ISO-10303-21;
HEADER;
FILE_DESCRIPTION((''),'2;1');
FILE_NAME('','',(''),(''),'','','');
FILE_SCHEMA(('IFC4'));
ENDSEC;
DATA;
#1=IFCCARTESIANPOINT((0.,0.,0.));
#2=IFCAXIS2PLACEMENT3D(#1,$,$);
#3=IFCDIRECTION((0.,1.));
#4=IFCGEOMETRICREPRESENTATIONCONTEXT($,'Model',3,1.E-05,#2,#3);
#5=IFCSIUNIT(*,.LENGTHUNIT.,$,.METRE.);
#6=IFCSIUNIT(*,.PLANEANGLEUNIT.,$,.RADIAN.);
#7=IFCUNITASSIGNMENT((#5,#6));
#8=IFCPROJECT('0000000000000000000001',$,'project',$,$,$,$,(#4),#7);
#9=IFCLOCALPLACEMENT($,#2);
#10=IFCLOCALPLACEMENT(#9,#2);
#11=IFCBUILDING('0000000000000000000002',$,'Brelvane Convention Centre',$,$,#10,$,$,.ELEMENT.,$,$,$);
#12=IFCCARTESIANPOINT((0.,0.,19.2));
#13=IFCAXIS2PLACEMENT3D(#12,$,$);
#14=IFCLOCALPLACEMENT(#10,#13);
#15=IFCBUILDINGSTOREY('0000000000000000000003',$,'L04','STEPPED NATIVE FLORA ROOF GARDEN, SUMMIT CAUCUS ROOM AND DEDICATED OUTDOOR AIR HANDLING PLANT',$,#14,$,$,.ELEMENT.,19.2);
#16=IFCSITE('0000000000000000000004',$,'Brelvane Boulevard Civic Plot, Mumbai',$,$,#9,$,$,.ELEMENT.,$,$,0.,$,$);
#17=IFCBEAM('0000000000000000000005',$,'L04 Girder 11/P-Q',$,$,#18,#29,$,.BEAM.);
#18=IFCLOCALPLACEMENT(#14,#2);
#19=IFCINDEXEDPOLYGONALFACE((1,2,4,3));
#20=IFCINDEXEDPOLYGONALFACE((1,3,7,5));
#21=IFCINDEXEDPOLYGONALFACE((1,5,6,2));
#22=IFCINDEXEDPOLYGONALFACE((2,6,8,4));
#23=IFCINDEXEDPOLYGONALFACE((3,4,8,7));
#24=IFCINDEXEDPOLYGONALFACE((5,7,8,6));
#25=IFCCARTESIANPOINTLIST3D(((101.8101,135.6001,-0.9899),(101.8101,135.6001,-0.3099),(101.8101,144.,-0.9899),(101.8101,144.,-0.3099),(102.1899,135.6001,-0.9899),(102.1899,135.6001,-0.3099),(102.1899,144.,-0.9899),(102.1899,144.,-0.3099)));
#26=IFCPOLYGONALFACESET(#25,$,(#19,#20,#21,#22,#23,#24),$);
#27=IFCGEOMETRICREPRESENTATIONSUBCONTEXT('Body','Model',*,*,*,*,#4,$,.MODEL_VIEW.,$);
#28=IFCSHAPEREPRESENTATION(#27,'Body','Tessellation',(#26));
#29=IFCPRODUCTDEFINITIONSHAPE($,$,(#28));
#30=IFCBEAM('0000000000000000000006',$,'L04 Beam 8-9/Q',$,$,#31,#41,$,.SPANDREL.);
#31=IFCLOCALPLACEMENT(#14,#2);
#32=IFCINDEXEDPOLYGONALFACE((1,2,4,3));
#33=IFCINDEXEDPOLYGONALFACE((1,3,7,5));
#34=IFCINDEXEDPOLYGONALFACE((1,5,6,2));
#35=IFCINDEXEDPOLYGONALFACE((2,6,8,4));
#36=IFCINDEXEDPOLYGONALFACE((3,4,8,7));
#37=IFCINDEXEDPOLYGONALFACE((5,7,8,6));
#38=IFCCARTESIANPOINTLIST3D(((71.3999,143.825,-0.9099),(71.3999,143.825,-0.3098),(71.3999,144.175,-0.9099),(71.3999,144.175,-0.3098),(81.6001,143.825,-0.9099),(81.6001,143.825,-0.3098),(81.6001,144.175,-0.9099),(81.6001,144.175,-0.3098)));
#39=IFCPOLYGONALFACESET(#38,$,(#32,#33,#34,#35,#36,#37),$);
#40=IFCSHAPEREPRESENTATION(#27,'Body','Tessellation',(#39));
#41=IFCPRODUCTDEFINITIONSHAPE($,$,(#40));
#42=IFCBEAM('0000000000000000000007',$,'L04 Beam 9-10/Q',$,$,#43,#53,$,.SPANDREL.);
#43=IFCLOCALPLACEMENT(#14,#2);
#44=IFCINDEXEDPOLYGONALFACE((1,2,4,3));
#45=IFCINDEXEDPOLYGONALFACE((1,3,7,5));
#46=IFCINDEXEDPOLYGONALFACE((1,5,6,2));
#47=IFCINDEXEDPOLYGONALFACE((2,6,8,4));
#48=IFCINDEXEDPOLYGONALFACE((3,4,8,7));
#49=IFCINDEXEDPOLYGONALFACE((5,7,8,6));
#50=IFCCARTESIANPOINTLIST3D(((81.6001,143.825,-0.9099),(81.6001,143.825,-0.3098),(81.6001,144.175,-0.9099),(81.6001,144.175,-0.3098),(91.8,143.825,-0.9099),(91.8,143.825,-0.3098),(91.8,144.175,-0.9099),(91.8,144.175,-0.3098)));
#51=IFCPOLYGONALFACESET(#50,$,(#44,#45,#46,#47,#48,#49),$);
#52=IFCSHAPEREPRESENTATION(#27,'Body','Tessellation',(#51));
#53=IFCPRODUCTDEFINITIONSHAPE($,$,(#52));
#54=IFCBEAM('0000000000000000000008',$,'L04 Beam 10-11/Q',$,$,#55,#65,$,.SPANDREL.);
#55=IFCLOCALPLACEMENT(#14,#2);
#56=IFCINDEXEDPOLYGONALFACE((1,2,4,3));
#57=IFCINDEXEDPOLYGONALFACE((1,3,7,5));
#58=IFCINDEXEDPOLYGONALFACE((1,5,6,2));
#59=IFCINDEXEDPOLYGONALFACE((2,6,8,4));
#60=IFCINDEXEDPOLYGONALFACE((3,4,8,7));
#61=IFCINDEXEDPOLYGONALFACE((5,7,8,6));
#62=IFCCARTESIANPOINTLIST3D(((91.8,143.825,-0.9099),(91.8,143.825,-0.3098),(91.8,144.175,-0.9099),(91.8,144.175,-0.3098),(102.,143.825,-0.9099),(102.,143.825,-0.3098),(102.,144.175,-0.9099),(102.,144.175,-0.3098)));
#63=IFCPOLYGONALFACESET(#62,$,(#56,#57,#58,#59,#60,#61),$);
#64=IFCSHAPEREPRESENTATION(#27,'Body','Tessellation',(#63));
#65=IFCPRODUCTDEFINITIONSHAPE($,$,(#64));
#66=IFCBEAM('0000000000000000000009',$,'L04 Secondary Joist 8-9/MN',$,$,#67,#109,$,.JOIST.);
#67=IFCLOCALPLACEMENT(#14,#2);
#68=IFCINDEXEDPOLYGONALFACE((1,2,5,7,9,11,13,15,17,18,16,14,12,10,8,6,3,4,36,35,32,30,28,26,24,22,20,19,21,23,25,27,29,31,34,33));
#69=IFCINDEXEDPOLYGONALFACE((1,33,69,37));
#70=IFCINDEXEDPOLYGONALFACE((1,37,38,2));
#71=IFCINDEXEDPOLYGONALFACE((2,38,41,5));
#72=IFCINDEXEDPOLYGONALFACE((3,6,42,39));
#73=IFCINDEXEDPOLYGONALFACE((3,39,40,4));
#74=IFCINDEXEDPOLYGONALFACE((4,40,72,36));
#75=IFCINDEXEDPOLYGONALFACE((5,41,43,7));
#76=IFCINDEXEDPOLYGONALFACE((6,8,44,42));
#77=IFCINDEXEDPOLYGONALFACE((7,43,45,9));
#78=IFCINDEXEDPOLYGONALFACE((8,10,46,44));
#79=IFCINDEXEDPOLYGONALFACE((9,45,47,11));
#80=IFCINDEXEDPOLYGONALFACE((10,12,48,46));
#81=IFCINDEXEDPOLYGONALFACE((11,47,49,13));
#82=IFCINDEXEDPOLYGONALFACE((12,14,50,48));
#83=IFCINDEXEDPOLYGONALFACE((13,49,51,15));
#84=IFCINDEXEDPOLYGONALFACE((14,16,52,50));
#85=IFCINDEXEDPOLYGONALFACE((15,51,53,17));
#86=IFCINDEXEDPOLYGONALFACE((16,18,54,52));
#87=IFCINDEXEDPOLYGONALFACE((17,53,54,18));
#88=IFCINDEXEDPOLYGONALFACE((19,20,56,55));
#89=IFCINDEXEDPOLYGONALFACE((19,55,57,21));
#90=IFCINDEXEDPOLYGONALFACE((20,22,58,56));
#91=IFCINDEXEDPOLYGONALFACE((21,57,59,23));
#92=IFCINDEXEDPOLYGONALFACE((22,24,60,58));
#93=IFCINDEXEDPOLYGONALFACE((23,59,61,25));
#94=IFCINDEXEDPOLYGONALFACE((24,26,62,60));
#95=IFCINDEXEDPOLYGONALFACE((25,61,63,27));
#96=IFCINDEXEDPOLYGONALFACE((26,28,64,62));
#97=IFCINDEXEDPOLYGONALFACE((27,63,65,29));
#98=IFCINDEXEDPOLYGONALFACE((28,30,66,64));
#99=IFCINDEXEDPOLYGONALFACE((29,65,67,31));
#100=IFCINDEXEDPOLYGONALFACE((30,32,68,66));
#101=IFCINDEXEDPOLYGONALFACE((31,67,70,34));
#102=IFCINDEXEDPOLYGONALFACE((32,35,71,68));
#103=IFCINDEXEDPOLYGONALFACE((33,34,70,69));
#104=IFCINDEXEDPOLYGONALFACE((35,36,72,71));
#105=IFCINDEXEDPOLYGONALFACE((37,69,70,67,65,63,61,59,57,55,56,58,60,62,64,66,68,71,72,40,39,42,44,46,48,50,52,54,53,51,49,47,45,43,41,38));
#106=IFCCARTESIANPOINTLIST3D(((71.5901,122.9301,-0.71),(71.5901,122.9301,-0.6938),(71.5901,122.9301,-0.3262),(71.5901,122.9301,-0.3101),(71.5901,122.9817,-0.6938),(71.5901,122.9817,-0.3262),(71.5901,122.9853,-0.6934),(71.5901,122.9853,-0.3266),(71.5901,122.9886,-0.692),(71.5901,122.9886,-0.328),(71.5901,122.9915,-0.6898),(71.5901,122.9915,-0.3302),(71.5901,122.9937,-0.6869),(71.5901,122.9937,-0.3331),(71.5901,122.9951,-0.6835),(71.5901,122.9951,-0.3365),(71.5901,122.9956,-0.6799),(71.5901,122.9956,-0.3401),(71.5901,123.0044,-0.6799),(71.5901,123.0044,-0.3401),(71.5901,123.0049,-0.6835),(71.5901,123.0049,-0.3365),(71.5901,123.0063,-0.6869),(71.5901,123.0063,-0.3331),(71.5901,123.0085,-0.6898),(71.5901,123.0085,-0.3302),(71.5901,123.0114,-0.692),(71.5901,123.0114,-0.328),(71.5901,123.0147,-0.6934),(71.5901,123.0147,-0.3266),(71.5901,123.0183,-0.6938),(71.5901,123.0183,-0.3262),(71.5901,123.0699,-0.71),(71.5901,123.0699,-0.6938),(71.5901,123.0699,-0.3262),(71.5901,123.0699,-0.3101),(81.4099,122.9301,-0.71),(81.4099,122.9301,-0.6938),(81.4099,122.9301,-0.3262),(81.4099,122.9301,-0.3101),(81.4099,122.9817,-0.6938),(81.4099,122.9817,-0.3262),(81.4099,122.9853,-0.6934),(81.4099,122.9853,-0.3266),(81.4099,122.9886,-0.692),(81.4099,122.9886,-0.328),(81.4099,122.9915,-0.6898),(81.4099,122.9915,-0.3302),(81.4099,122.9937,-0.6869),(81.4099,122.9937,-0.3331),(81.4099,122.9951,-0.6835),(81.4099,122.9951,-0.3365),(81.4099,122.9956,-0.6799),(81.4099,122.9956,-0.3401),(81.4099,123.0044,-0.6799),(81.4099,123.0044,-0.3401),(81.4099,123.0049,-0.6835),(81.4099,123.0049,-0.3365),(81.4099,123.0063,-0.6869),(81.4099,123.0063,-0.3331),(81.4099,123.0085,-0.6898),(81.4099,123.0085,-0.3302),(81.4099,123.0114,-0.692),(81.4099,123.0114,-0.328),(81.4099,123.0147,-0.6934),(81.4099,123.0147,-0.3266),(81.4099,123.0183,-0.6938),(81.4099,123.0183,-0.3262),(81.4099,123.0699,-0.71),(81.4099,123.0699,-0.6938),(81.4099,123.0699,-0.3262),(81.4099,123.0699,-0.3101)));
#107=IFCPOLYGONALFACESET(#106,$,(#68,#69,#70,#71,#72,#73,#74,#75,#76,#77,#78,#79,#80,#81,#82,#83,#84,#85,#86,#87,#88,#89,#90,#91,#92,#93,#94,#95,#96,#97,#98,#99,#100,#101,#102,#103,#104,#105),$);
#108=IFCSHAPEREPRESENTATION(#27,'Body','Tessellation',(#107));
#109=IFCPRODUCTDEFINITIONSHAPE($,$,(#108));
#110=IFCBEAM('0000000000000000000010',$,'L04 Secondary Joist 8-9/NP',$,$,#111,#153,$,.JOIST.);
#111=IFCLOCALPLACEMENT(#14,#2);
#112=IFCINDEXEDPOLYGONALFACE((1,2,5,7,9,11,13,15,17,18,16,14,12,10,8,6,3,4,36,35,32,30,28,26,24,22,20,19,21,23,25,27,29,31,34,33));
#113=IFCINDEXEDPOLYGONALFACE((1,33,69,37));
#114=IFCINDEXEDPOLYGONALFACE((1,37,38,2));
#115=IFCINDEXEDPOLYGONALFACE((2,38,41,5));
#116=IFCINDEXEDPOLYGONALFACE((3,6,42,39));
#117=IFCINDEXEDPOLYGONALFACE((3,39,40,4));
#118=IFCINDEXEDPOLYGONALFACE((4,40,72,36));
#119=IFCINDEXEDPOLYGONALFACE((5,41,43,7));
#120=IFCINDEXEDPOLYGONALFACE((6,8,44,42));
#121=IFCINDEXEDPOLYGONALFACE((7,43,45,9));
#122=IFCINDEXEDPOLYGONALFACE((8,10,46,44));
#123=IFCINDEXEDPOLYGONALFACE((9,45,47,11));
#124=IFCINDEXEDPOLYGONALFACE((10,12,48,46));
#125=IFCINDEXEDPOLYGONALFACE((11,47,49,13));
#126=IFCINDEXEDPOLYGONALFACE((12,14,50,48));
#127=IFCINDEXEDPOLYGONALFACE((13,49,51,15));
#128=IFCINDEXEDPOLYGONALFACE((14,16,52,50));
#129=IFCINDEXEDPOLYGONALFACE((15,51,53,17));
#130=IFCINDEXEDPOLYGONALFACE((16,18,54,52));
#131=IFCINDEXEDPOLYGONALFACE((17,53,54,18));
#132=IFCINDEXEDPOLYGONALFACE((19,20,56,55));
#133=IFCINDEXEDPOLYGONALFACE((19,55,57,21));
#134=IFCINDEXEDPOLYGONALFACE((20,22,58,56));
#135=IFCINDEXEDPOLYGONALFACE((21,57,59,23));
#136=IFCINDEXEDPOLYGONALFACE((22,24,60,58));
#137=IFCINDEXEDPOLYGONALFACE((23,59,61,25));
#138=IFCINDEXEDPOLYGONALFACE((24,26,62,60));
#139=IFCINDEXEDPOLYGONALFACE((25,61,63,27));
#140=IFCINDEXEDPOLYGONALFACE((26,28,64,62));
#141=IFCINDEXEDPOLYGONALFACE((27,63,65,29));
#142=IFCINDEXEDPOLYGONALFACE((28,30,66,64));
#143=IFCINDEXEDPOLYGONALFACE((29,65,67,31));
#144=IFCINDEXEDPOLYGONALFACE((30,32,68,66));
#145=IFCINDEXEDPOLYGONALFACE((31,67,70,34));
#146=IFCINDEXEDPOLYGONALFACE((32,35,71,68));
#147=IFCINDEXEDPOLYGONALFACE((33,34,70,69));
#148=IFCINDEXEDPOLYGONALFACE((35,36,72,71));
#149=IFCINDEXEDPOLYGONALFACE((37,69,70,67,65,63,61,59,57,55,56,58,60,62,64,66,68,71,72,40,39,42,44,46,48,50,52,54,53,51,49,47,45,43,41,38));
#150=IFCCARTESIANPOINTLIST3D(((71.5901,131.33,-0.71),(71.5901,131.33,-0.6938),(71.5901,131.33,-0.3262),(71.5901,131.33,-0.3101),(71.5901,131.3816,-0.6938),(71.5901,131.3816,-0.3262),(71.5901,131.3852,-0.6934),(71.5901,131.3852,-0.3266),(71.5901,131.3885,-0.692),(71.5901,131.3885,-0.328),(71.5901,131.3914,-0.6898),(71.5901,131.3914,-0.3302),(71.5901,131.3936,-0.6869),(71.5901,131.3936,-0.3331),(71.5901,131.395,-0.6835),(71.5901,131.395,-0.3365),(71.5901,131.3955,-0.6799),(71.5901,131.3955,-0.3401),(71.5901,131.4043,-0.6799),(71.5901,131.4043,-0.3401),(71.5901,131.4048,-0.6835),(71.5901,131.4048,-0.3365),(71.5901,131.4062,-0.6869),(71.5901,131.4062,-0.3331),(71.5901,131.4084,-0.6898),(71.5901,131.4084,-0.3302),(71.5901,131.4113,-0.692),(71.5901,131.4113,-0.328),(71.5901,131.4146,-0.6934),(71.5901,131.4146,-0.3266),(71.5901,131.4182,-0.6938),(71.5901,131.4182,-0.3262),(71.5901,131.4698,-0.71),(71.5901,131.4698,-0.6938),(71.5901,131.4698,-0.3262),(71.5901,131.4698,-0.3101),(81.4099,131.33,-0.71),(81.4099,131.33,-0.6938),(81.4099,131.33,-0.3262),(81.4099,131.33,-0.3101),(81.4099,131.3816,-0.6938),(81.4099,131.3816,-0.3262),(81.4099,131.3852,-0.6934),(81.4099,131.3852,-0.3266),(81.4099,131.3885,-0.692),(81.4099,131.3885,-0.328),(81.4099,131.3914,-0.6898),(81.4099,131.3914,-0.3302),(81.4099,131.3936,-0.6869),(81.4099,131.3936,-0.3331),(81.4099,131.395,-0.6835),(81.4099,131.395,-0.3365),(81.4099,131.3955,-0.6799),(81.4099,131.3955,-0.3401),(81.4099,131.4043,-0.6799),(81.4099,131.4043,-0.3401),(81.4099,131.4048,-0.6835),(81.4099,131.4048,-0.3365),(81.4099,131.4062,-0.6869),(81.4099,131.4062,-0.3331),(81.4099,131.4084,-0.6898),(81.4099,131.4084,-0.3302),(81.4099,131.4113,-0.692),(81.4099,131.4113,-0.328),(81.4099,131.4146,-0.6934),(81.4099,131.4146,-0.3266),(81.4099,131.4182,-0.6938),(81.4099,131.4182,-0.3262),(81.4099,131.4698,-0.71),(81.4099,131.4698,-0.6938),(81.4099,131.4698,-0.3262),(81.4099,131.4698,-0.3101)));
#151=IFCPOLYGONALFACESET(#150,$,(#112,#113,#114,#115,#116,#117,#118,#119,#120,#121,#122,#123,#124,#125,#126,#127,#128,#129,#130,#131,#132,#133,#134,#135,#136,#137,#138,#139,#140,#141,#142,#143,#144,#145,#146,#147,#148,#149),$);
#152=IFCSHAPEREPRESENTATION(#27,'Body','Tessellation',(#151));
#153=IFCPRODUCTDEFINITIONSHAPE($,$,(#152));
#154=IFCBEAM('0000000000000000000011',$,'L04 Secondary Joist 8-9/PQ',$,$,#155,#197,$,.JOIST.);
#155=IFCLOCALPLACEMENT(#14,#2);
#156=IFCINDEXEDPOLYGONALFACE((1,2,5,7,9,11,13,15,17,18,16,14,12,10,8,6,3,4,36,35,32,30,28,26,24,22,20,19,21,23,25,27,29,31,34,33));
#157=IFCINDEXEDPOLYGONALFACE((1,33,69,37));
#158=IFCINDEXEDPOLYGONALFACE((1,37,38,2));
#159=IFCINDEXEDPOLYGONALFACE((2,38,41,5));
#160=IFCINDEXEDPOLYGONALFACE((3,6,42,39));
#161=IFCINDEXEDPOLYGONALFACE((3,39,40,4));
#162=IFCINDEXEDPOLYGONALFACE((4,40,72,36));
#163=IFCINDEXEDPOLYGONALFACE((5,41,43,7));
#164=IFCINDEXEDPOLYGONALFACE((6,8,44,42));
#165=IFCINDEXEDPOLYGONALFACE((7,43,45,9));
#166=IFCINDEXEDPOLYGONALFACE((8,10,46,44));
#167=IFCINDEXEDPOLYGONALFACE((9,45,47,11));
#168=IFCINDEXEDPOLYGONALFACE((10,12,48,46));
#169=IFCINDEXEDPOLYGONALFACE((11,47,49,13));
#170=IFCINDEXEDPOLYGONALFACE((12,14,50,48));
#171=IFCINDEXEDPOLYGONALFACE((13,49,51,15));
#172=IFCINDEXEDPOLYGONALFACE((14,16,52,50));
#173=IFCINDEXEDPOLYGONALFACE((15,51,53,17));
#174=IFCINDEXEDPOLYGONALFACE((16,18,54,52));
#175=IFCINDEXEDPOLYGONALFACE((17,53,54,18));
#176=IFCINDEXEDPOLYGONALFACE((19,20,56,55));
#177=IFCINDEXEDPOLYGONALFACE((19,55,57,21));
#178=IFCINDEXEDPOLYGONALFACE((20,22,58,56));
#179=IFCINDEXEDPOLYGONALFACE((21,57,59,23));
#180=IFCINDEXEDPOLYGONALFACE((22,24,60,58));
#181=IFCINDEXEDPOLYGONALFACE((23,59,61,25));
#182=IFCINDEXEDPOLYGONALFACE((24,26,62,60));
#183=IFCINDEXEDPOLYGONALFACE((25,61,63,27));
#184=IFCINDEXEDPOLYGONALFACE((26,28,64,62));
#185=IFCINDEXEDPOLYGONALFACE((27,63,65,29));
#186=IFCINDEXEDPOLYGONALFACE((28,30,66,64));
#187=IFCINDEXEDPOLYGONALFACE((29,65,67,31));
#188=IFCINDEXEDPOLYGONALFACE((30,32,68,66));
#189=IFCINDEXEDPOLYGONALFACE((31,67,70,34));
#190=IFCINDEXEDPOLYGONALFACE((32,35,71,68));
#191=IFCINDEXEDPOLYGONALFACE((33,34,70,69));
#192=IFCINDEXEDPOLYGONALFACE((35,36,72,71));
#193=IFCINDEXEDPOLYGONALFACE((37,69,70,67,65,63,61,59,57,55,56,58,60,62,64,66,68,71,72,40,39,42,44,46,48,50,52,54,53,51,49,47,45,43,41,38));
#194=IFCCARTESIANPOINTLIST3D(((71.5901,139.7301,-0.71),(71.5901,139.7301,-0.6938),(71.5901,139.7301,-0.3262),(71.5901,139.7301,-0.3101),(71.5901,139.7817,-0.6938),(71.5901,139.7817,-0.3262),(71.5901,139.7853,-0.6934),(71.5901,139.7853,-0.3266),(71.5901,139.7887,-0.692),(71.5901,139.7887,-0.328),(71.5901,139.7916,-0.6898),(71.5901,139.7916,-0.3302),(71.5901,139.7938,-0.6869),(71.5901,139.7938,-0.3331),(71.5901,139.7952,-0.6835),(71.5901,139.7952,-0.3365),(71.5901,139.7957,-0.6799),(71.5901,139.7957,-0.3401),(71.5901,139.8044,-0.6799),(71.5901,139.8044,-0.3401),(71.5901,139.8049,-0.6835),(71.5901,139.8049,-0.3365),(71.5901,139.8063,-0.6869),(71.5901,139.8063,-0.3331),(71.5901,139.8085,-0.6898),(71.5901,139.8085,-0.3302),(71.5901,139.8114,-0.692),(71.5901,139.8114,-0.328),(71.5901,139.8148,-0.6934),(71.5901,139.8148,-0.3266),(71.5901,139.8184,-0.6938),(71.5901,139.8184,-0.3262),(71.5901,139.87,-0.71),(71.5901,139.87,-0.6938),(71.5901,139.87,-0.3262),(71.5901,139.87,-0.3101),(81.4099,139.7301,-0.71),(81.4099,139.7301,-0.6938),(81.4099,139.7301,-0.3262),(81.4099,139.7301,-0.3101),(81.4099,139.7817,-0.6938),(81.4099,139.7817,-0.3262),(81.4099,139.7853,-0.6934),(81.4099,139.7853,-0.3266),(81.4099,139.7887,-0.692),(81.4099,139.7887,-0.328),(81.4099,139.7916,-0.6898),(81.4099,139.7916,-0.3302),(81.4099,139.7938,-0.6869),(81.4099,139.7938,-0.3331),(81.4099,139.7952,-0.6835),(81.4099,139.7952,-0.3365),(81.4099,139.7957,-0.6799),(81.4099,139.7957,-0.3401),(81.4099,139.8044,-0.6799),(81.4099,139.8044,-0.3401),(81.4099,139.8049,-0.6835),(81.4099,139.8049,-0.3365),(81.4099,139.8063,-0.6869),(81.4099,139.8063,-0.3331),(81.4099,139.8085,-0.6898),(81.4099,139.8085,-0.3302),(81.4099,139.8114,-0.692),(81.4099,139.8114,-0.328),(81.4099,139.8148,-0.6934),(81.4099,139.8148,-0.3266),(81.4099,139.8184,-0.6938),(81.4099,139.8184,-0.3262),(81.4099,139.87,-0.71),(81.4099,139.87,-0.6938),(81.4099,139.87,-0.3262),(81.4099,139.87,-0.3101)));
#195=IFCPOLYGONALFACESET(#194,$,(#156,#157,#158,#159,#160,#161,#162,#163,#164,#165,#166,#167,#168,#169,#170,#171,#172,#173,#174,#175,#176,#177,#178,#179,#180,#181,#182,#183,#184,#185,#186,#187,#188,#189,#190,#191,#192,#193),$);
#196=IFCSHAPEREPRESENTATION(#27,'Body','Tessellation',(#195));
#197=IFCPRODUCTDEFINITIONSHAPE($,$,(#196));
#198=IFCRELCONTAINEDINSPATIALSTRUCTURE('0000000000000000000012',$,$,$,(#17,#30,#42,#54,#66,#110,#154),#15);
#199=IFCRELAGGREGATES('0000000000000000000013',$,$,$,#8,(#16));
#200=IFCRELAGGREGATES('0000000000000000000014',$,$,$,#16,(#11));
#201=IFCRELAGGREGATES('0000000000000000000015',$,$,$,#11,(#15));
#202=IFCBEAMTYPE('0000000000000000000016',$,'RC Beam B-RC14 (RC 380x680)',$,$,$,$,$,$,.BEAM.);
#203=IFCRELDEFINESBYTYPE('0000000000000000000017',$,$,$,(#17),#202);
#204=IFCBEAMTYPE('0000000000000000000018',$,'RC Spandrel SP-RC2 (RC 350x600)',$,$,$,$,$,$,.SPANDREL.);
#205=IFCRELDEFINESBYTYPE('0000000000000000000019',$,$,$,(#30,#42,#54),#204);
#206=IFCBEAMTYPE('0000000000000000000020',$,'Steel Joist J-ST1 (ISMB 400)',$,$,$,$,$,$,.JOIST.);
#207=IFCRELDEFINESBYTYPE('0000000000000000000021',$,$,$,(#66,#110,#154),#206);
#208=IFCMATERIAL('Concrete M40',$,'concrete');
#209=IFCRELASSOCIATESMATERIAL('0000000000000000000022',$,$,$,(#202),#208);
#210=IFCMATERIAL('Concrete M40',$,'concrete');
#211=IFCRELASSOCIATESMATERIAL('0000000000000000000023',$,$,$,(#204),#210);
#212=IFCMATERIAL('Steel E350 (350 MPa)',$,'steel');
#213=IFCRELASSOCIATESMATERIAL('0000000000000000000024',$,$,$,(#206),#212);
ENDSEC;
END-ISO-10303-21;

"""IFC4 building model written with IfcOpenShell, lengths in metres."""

from ifc_helpers import new_model, si_unit, direction, frame, origin, origin_2d, place, context, subcontext, project, spatial, rectangle, i_section, extrude, material, material_profile, profile_set, type_object, element, save


model = new_model("IFC4")

# Units and contexts
model_context = context("Model", 3, precision=1e-05, world=origin(), true_north=direction((0.0, 1.0)))
body_context = subcontext(model_context, "Body", "Model", "MODEL_VIEW")
ifc_project = project(units=[si_unit("LENGTHUNIT", "METRE"), si_unit("PLANEANGLEUNIT", "RADIAN")], contexts=[model_context])

# Site, building, storey
site_placement = place(None, origin())
site = spatial("IfcSite", under=ifc_project, at=site_placement, Name="Brelvane Boulevard Civic Plot, Mumbai", CompositionType="ELEMENT", RefElevation=0.0)
building_placement = place(site_placement, origin())
building = spatial("IfcBuilding", under=site, at=building_placement, Name="Brelvane Convention Centre", CompositionType="ELEMENT")
storey_placement = place(building_placement, frame((0.0, 0.0, 19.2)))
storey = spatial("IfcBuildingStorey", under=building, at=storey_placement, Name="L04", Description="STEPPED NATIVE FLORA ROOF GARDEN, SUMMIT CAUCUS ROOM AND DEDICATED OUTDOOR AIR HANDLING PLANT", CompositionType="ELEMENT", Elevation=19.2)

# Beams
ifc_material_1 = material(Name="Concrete M40", Category="concrete")
ifc_material_profile_1 = material_profile(ifc_material_1, rectangle(XDim=0.3799, YDim=0.6799, at=origin_2d()), Name="RC 380x680")
ifc_profile_set_1 = profile_set([ifc_material_profile_1], Name="Concrete M40")
beam_type_1 = type_object("IfcBeamType", Name="RC Beam B-RC14 (RC 380x680)", PredefinedType="BEAM", material=ifc_profile_set_1)
beam_1_placement = place(storey_placement, frame((102.0, 135.6001, -0.6499), z_axis=(0.0, 1.0, 0.0), x_axis=(-1.0, 0.0, 0.0)))
element("IfcBeam", 1, at=beam_1_placement, inside=storey, type_object=beam_type_1, Name="L04 Girder 11/P-Q", PredefinedType="BEAM", context=body_context, shape_type="SweptSolid", body=[
    extrude(rectangle(XDim=0.3799, YDim=0.6799, at=origin_2d()), origin(), (0.0, 0.0, 1.0), 8.3999),
])
ifc_material_2 = material(Name="Concrete M40", Category="concrete")
ifc_material_profile_2 = material_profile(ifc_material_2, rectangle(XDim=0.3501, YDim=0.6001, at=origin_2d()), Name="RC 350x600")
ifc_profile_set_2 = profile_set([ifc_material_profile_2], Name="Concrete M40")
beam_type_2 = type_object("IfcBeamType", Name="RC Spandrel SP-RC2 (RC 350x600)", PredefinedType="SPANDREL", material=ifc_profile_set_2)
beam_2_placement = place(storey_placement, frame((71.3999, 144.0, -0.6099), z_axis=(1.0, 0.0, 0.0), x_axis=(0.0, 1.0, 0.0)))
element("IfcBeam", 2, at=beam_2_placement, inside=storey, type_object=beam_type_2, Name="L04 Beam 8-9/Q", PredefinedType="SPANDREL", context=body_context, shape_type="SweptSolid", body=[
    extrude(rectangle(XDim=0.3501, YDim=0.6001, at=origin_2d()), origin(), (0.0, 0.0, 1.0), 10.2002),
])
for number, where, z_axis, x_axis, name in (
    (3, (81.6001, 144.0, -0.6099), (1.0, 0.0, 0.0), (0.0, 1.0, 0.0), "L04 Beam 9-10/Q"),
    (4, (91.8, 144.0, -0.6099), (1.0, 0.0, 0.0), (0.0, 1.0, 0.0), "L04 Beam 10-11/Q"),
):
    element("IfcBeam", number, at=place(storey_placement, frame(where, z_axis=z_axis, x_axis=x_axis)), inside=storey, type_object=beam_type_2, Name=name, PredefinedType="SPANDREL", context=body_context, shape_type="SweptSolid", body=[
        extrude(rectangle(XDim=0.3501, YDim=0.6001, at=origin_2d()), origin(), (0.0, 0.0, 1.0), 10.2),
    ])
ifc_material_3 = material(Name="Steel E350 (350 MPa)", Category="steel")
ifc_material_profile_3 = material_profile(ifc_material_3, i_section(OverallWidth=0.1399, OverallDepth=0.3999, WebThickness=0.0088, FlangeThickness=0.0161, FilletRadius=0.0139, at=origin_2d()), Name="ISMB 400")
ifc_profile_set_3 = profile_set([ifc_material_profile_3], Name="Steel E350 (350 MPa)")
beam_type_3 = type_object("IfcBeamType", Name="Steel Joist J-ST1 (ISMB 400)", PredefinedType="JOIST", material=ifc_profile_set_3)
for number, where, z_axis, x_axis, name in (
    (5, (71.5901, 123.0, -0.51), (1.0, 0.0, 0.0), (0.0, 1.0, 0.0), "L04 Secondary Joist 8-9/MN"),
    (6, (71.5901, 131.3999, -0.51), (1.0, 0.0, 0.0), (0.0, 1.0, 0.0), "L04 Secondary Joist 8-9/NP"),
    (7, (71.5901, 139.8, -0.51), (1.0, 0.0, 0.0), (0.0, 1.0, 0.0), "L04 Secondary Joist 8-9/PQ"),
):
    element("IfcBeam", number, at=place(storey_placement, frame(where, z_axis=z_axis, x_axis=x_axis)), inside=storey, type_object=beam_type_3, Name=name, PredefinedType="JOIST", context=body_context, shape_type="SweptSolid", body=[
        extrude(i_section(OverallWidth=0.1399, OverallDepth=0.3999, WebThickness=0.0088, FlangeThickness=0.0161, FilletRadius=0.0139, at=origin_2d()), origin(), (0.0, 0.0, 1.0), 9.8198),
    ])

save(model, "model.ifc")
